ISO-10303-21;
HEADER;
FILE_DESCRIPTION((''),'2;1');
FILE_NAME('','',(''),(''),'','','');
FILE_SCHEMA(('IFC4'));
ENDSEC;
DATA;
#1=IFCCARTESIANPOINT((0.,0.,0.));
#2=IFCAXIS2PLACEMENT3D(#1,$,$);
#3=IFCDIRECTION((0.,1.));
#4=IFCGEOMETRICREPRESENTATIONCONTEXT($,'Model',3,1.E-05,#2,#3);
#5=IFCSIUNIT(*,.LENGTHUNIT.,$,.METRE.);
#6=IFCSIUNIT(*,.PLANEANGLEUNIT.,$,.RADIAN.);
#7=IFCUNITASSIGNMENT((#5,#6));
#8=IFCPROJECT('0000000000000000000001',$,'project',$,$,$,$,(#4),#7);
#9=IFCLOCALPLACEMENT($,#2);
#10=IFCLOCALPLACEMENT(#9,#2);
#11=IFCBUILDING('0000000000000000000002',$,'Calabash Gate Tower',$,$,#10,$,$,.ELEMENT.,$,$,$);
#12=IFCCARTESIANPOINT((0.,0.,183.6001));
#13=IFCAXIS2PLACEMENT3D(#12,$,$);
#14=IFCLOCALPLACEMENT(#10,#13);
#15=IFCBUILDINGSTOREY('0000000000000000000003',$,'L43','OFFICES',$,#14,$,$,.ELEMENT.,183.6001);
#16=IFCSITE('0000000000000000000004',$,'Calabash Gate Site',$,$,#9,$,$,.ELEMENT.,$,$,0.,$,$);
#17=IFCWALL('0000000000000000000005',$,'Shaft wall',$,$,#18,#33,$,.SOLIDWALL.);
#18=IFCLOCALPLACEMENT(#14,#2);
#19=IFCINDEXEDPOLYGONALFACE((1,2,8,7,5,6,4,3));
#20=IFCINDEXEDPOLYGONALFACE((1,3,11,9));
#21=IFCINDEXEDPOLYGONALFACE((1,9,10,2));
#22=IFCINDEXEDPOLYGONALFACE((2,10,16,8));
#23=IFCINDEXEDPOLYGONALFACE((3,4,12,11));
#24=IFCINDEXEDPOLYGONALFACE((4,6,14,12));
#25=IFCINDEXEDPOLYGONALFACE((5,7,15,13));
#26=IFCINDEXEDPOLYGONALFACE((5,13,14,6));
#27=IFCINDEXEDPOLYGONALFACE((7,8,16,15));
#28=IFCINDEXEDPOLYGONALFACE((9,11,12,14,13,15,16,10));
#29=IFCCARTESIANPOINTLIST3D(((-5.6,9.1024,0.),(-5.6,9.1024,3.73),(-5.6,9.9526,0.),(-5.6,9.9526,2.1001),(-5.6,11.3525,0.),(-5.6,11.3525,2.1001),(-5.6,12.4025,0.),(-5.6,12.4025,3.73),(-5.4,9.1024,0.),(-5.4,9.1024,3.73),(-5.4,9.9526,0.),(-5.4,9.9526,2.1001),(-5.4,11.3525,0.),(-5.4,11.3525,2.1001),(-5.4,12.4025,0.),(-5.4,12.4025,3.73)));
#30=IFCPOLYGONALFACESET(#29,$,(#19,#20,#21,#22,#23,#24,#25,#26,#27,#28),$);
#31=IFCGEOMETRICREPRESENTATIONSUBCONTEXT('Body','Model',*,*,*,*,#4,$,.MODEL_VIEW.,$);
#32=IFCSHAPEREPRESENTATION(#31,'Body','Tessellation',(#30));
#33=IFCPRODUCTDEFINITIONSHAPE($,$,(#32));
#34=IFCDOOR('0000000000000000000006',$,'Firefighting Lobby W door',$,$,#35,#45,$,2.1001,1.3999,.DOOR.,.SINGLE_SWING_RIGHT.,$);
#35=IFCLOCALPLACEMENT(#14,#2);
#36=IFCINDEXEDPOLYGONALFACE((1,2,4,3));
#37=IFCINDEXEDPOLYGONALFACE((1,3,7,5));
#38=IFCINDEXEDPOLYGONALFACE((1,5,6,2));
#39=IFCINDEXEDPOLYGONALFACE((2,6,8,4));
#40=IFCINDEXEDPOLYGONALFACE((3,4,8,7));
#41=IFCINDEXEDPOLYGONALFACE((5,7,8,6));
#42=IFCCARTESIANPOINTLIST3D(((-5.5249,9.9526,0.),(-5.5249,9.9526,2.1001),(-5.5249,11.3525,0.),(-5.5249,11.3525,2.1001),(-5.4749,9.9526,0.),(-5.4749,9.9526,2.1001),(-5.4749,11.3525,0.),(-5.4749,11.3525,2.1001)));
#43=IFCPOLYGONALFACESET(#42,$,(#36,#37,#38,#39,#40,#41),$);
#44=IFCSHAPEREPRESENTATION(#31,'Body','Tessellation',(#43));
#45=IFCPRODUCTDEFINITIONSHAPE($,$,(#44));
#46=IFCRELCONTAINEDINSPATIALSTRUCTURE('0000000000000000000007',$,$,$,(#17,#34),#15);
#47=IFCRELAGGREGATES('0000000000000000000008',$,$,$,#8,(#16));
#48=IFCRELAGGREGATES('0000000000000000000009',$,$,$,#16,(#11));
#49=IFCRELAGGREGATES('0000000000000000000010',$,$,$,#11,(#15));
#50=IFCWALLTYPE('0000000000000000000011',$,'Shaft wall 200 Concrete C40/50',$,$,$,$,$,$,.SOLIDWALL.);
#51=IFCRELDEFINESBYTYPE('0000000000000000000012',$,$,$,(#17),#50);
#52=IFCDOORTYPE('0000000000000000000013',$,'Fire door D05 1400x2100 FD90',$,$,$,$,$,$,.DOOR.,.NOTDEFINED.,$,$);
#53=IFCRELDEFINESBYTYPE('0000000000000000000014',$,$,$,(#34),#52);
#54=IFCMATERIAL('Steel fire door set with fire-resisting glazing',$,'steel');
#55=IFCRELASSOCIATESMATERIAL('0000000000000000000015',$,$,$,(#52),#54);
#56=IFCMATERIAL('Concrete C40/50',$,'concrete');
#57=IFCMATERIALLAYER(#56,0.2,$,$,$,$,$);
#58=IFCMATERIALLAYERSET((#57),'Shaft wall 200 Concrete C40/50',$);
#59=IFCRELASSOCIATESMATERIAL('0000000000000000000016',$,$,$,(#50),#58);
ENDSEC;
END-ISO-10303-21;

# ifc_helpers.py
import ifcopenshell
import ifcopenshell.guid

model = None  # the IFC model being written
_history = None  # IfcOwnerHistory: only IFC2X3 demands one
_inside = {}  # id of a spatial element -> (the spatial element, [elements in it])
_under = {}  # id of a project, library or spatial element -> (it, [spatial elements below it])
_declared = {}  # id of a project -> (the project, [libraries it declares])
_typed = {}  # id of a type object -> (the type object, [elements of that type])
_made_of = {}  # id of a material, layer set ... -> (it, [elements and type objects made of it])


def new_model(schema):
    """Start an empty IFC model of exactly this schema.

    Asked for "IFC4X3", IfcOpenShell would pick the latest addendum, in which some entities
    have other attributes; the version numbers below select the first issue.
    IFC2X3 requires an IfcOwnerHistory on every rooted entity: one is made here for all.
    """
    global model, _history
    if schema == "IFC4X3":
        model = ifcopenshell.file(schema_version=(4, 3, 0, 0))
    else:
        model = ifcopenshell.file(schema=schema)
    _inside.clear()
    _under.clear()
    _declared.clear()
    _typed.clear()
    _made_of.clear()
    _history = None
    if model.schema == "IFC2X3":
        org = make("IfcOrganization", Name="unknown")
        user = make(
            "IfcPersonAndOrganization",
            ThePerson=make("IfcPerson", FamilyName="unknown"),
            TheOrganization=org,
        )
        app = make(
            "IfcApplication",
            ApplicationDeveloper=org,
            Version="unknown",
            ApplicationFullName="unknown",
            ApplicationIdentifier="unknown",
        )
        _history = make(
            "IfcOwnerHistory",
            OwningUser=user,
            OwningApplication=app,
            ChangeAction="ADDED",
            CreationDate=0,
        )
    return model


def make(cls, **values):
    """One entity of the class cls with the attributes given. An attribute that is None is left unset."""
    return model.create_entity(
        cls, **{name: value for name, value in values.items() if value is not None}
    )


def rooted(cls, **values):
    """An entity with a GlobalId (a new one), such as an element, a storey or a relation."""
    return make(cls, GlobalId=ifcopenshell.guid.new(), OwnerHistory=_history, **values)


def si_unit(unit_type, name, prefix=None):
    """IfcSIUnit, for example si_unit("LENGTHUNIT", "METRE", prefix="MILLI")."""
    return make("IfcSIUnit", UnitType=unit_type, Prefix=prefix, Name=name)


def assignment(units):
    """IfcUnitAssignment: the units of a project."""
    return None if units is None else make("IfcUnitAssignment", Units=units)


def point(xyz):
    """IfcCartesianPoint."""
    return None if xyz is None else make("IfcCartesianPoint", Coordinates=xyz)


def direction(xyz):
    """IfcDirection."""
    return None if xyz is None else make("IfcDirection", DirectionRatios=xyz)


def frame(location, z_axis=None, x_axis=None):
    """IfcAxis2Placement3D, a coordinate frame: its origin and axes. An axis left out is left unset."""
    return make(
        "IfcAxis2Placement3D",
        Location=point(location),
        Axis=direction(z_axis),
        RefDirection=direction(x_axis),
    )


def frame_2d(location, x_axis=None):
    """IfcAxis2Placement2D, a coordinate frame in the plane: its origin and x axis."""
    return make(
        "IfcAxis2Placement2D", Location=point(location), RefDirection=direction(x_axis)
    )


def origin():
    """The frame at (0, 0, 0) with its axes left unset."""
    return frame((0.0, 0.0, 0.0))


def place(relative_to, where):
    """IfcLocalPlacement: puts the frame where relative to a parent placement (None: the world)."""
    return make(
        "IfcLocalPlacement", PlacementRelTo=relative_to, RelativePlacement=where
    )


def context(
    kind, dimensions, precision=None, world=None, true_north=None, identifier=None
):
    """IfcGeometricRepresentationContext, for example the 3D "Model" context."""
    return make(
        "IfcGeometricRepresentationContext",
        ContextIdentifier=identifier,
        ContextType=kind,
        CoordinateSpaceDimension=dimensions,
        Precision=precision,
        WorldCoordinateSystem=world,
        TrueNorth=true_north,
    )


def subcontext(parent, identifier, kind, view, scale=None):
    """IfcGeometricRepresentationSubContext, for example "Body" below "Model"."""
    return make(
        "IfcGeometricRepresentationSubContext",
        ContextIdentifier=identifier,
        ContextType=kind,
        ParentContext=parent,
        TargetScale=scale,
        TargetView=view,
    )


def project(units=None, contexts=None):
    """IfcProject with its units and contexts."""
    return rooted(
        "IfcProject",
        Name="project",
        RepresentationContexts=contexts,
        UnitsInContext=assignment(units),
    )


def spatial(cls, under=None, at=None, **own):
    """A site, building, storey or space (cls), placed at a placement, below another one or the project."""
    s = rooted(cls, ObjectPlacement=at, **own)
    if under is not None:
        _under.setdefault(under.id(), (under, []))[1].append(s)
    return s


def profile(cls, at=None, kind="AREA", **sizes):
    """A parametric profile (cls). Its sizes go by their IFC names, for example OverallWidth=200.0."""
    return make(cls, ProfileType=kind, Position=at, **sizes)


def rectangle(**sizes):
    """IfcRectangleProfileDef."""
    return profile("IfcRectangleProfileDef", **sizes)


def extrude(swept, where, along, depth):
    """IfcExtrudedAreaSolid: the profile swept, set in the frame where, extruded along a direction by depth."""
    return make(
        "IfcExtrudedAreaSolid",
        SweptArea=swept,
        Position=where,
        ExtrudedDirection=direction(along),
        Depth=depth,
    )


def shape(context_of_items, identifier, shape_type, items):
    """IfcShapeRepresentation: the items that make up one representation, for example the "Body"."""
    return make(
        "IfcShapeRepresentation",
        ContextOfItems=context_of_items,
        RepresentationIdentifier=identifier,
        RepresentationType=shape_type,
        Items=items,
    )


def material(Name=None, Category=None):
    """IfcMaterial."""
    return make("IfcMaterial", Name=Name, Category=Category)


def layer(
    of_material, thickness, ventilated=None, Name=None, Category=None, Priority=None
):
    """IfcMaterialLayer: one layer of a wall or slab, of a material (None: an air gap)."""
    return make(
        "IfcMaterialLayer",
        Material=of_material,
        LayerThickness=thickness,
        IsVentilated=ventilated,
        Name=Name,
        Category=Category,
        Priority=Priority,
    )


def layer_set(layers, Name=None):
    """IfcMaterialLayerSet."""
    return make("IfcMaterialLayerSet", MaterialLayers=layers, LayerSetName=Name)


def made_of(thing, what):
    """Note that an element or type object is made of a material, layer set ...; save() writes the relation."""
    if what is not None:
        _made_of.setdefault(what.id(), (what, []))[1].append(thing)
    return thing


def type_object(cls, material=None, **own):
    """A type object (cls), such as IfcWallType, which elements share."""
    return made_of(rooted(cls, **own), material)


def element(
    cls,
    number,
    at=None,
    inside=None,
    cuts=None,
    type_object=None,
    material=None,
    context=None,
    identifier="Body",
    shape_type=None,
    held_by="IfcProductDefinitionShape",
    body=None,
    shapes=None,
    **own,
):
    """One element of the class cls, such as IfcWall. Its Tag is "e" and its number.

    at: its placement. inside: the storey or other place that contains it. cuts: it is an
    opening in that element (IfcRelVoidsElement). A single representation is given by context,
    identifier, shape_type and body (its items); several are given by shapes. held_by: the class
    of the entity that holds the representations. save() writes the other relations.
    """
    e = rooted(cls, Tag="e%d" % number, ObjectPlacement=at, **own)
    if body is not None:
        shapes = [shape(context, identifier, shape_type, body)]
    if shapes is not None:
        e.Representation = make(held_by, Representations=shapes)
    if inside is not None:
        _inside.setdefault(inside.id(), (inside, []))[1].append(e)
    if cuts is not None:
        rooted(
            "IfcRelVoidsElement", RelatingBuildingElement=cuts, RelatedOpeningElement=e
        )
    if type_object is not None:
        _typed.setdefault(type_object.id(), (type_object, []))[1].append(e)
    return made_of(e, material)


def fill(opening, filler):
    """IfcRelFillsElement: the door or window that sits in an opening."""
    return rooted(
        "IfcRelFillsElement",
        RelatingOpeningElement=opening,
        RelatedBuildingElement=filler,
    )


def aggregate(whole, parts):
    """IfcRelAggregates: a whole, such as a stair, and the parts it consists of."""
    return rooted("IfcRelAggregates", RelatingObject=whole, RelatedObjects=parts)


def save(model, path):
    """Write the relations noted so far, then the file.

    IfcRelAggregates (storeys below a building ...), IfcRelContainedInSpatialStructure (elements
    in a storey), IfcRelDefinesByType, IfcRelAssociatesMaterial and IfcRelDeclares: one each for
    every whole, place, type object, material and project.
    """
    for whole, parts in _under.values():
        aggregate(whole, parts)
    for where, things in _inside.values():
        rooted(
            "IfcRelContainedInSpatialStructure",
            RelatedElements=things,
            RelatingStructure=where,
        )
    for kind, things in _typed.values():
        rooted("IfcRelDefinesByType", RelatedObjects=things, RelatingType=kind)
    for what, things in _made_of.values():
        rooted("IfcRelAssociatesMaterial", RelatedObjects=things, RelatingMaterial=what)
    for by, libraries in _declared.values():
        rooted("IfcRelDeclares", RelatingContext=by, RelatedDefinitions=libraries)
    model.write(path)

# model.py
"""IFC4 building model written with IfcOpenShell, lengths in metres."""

from ifc_helpers import new_model, si_unit, direction, frame, frame_2d, origin, place, context, subcontext, project, spatial, rectangle, extrude, material, layer, layer_set, type_object, element, fill, save


model = new_model("IFC4")

# Units and contexts
model_context = context("Model", 3, precision=1e-05, world=origin(), true_north=direction((0.0, 1.0)))
body_context = subcontext(model_context, "Body", "Model", "MODEL_VIEW")
ifc_project = project(units=[si_unit("LENGTHUNIT", "METRE"), si_unit("PLANEANGLEUNIT", "RADIAN")], contexts=[model_context])

# Site, building, storey
site_placement = place(None, origin())
site = spatial("IfcSite", under=ifc_project, at=site_placement, Name="Calabash Gate Site", CompositionType="ELEMENT", RefElevation=0.0)
building_placement = place(site_placement, origin())
building = spatial("IfcBuilding", under=site, at=building_placement, Name="Calabash Gate Tower", CompositionType="ELEMENT")
storey_placement = place(building_placement, frame((0.0, 0.0, 183.6001)))
storey = spatial("IfcBuildingStorey", under=building, at=storey_placement, Name="L43", Description="OFFICES", CompositionType="ELEMENT", Elevation=183.6001)

# Shared definitions
ifc_material_1 = material(Name="Steel fire door set with fire-resisting glazing", Category="steel")
door_type_1 = type_object("IfcDoorType", Name="Fire door D05 1400x2100 FD90", OperationType="NOTDEFINED", PredefinedType="DOOR", material=ifc_material_1)

# Shared definitions
ifc_material_2 = material(Name="Concrete C40/50", Category="concrete")
ifc_layer_1 = layer(ifc_material_2, 0.2)
ifc_layer_set_1 = layer_set([ifc_layer_1], Name="Shaft wall 200 Concrete C40/50")
wall_type_1 = type_object("IfcWallType", Name="Shaft wall 200 Concrete C40/50", PredefinedType="SOLIDWALL", material=ifc_layer_set_1)

# Wall, opening, door
wall_1_placement = place(storey_placement, frame((-5.5, 9.1025, 0.0), z_axis=(0.0, 0.0, 1.0), x_axis=(0.0, 1.0, 0.0)))
wall_1 = element("IfcWall", 1, at=wall_1_placement, inside=storey, type_object=wall_type_1, Name="Shaft wall", PredefinedType="SOLIDWALL", context=body_context, shape_type="SweptSolid", body=[
    extrude(rectangle(XDim=3.3, YDim=0.2, at=frame_2d((1.6499, 0.0))), origin(), (0.0, 0.0, 1.0), 3.73),
])
opening_1_placement = place(wall_1_placement, frame((0.8501, 0.0, 0.0)))
opening_1 = element("IfcOpeningElement", 2, at=opening_1_placement, cuts=wall_1, PredefinedType="OPENING", context=body_context, shape_type="SweptSolid", body=[
    extrude(rectangle(XDim=1.3999, YDim=2.1001, at=frame_2d((0.7, 1.05))), frame((0.0, 0.1099, 0.0), z_axis=(0.0, -1.0, 0.0), x_axis=(1.0, 0.0, 0.0)), (0.0, 0.0, 1.0), 0.22),
])
door_1_placement = place(opening_1_placement, origin())
door_1 = element("IfcDoor", 3, at=door_1_placement, inside=storey, type_object=door_type_1, Name="Firefighting Lobby W door", OperationType="SINGLE_SWING_RIGHT", OverallHeight=2.1001, OverallWidth=1.3999, PredefinedType="DOOR", context=body_context, shape_type="SweptSolid", body=[
    extrude(rectangle(XDim=1.3999, YDim=2.1001, at=frame_2d((0.7, 1.05))), frame((0.0, 0.0249, 0.0), z_axis=(0.0, -1.0, 0.0), x_axis=(1.0, 0.0, 0.0)), (0.0, 0.0, 1.0), 0.05),
])
fill(opening_1, door_1)

save(model, "model.ifc")
